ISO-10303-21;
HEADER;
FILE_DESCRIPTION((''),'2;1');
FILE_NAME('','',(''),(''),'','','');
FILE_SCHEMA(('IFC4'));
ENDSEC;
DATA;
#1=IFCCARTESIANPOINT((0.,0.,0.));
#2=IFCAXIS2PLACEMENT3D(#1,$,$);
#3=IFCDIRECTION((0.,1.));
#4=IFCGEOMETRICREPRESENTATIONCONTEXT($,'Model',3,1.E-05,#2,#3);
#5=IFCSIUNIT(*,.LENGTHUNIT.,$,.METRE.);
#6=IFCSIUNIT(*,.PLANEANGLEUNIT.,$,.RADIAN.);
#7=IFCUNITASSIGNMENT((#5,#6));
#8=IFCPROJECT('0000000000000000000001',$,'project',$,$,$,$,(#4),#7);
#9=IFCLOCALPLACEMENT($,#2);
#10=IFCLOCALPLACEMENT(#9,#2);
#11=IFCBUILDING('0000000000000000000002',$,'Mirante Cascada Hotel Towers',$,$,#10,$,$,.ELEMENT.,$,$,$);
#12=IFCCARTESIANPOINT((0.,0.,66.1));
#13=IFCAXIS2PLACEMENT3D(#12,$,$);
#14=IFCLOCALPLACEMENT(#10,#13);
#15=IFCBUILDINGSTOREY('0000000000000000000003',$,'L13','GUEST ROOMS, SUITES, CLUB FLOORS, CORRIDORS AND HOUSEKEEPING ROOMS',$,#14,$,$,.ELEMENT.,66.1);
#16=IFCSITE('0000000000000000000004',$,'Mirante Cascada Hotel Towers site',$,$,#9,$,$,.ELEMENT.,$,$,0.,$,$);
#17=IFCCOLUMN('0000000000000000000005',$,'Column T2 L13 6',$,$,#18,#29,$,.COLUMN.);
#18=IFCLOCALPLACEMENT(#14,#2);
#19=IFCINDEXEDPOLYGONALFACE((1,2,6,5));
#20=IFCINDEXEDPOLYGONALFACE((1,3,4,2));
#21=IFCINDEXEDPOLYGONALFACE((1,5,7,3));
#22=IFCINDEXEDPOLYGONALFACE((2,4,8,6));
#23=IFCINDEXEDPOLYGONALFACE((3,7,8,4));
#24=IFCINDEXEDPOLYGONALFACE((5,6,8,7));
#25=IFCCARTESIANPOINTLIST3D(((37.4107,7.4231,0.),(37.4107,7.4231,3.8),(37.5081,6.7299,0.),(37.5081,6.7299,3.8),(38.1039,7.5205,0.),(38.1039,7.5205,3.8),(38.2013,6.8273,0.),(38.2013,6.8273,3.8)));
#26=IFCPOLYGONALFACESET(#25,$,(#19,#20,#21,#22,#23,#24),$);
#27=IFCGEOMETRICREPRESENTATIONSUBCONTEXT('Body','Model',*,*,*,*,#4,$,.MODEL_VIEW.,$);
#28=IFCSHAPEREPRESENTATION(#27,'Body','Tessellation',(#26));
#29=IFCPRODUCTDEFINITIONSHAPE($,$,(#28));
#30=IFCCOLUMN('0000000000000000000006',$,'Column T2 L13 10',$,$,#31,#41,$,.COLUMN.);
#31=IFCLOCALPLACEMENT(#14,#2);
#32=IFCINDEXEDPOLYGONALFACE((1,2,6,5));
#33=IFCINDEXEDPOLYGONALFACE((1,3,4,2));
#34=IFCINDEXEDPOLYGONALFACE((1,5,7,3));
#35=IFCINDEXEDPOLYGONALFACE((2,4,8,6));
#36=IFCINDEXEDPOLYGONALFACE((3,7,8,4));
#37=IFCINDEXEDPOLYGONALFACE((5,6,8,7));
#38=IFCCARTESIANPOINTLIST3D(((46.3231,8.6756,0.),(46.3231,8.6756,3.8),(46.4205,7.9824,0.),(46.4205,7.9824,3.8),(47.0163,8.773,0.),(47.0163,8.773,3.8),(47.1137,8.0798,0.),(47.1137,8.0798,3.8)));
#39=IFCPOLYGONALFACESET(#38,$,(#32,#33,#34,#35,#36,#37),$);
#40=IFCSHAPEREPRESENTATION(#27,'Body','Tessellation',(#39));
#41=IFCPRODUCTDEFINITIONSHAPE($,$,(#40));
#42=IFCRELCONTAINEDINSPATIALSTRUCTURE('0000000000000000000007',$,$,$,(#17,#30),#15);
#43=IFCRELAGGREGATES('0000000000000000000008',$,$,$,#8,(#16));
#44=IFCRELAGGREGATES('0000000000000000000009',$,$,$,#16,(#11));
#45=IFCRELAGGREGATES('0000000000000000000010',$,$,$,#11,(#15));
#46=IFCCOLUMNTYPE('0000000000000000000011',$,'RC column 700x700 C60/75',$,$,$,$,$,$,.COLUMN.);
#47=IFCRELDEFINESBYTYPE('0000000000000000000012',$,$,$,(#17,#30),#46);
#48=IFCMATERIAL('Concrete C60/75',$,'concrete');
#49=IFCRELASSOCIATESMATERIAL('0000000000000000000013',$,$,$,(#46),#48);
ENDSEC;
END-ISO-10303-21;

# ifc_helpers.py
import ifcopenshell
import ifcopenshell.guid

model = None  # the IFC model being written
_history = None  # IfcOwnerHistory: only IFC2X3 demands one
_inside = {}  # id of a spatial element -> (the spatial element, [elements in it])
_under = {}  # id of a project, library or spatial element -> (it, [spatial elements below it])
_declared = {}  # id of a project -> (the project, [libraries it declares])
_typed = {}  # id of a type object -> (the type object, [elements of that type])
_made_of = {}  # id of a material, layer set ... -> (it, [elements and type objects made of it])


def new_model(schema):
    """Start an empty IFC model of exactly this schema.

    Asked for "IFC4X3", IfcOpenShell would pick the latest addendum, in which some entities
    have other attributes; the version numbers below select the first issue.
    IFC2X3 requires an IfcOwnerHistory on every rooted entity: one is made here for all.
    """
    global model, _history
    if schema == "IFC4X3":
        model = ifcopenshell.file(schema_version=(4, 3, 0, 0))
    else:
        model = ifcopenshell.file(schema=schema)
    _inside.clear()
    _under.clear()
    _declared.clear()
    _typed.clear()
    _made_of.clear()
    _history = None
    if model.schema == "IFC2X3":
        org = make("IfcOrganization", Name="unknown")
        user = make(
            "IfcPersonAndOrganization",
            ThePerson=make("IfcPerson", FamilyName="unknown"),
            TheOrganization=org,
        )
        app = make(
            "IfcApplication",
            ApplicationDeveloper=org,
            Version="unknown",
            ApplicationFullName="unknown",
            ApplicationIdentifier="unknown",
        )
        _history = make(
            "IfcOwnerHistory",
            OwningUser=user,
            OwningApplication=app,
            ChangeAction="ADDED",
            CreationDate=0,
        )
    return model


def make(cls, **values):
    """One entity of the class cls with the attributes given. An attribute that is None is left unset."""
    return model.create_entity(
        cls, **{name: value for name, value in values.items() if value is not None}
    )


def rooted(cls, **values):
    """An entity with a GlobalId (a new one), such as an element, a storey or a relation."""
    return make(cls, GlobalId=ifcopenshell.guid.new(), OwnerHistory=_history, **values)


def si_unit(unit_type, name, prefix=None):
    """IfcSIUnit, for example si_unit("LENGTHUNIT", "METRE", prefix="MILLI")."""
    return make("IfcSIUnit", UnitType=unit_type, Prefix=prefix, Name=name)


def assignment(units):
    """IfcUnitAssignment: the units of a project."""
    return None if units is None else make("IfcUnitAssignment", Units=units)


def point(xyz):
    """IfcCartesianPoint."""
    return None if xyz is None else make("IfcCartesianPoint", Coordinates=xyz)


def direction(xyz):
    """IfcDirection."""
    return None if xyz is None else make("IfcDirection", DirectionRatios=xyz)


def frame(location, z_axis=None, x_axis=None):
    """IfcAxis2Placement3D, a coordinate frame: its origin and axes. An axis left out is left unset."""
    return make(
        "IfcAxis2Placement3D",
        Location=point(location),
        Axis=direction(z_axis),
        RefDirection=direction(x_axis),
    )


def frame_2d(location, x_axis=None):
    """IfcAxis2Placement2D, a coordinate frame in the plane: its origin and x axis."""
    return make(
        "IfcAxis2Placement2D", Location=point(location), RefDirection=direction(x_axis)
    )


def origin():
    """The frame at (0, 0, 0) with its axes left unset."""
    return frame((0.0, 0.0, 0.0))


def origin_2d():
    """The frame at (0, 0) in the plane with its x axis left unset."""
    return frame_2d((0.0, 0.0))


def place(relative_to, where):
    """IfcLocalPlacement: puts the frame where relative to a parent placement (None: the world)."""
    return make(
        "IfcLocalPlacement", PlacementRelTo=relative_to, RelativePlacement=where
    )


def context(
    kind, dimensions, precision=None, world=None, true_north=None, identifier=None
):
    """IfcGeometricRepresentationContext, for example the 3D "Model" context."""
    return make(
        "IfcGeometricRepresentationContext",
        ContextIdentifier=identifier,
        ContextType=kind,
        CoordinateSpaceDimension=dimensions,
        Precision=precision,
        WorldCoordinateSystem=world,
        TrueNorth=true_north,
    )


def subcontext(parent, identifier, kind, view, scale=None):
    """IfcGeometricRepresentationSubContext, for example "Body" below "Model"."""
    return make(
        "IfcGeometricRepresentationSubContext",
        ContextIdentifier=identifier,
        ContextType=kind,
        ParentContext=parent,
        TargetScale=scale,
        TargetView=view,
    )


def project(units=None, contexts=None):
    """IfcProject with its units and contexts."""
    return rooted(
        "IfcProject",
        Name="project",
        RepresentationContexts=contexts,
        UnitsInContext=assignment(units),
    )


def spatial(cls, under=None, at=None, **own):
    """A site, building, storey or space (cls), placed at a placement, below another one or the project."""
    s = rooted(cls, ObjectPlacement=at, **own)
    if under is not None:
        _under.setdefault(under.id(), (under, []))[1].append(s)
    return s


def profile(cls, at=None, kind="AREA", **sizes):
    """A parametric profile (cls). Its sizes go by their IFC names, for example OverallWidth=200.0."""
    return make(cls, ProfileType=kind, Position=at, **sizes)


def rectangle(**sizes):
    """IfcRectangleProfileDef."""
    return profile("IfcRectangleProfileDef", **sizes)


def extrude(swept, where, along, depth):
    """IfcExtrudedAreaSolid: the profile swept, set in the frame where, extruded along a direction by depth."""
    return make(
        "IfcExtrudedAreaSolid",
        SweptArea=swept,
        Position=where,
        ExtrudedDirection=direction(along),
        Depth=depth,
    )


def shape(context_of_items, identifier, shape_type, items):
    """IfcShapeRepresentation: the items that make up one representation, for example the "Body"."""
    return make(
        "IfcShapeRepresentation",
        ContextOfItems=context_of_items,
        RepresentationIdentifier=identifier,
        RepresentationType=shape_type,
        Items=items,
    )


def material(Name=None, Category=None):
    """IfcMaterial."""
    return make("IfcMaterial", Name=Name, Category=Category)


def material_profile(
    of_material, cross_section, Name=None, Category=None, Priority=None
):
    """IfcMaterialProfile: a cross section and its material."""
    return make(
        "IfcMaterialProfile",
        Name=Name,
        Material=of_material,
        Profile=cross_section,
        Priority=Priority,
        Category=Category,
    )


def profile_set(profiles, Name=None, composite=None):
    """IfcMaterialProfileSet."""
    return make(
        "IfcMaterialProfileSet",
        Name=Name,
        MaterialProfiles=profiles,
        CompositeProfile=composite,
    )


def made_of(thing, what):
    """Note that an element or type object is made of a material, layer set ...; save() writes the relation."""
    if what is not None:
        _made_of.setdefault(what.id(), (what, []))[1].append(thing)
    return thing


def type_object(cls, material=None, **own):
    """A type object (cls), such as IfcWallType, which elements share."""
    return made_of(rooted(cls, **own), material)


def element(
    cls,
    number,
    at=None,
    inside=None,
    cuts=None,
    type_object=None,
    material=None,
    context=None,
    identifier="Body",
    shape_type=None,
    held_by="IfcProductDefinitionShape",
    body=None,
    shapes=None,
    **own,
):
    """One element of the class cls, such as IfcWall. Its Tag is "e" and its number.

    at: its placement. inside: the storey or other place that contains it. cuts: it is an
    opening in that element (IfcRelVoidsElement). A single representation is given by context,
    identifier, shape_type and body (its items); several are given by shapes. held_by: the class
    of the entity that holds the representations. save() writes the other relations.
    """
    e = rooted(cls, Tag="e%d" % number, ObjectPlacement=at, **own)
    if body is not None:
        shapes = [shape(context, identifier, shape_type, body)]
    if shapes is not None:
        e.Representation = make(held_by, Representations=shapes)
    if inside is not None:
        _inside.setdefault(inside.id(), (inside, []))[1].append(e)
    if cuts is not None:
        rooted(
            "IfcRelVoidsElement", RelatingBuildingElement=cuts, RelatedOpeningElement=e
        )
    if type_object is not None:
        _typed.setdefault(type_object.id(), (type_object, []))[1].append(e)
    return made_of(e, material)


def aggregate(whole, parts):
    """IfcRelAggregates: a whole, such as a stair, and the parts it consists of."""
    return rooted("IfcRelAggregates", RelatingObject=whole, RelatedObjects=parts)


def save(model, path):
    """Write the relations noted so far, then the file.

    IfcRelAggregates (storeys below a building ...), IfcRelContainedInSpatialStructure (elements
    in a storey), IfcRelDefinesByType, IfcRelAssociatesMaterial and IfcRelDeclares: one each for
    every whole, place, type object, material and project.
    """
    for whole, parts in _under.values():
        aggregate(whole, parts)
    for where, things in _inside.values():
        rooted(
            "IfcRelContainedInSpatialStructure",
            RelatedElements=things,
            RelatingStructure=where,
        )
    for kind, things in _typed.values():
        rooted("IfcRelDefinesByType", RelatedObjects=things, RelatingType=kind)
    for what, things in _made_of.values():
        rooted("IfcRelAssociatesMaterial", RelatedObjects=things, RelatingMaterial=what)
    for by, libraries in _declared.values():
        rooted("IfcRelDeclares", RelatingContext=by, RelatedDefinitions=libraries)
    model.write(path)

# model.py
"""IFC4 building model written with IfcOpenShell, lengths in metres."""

from ifc_helpers import new_model, si_unit, direction, frame, origin, origin_2d, place, context, subcontext, project, spatial, rectangle, extrude, material, material_profile, profile_set, type_object, element, save


model = new_model("IFC4")

# Units and contexts
model_context = context("Model", 3, precision=1e-05, world=origin(), true_north=direction((0.0, 1.0)))
body_context = subcontext(model_context, "Body", "Model", "MODEL_VIEW")
ifc_project = project(units=[si_unit("LENGTHUNIT", "METRE"), si_unit("PLANEANGLEUNIT", "RADIAN")], contexts=[model_context])

# Site, building, storey
site_placement = place(None, origin())
site = spatial("IfcSite", under=ifc_project, at=site_placement, Name="Mirante Cascada Hotel Towers site", CompositionType="ELEMENT", RefElevation=0.0)
building_placement = place(site_placement, origin())
building = spatial("IfcBuilding", under=site, at=building_placement, Name="Mirante Cascada Hotel Towers", CompositionType="ELEMENT")
storey_placement = place(building_placement, frame((0.0, 0.0, 66.1)))
storey = spatial("IfcBuildingStorey", under=building, at=storey_placement, Name="L13", Description="GUEST ROOMS, SUITES, CLUB FLOORS, CORRIDORS AND HOUSEKEEPING ROOMS", CompositionType="ELEMENT", Elevation=66.1)

# Columns
ifc_material_1 = material(Name="Concrete C60/75", Category="concrete")
ifc_material_profile = material_profile(ifc_material_1, rectangle(XDim=0.7, YDim=0.7, at=origin_2d()), Name="RC column 700x700 C60/75")
ifc_profile_set = profile_set([ifc_material_profile], Name="Concrete C60/75")
column_type = type_object("IfcColumnType", Name="RC column 700x700 C60/75", PredefinedType="COLUMN", material=ifc_profile_set)
for number, where, z_axis, x_axis, name in (
    (1, (37.806, 7.1252, 0.0), (0.0, 0.0, 1.0), (0.990268, 0.139173, 0.0), "Column T2 L13 6"),
    (2, (46.7184, 8.3777, 0.0), (0.0, 0.0, 1.0), (0.990268, 0.139173, 0.0), "Column T2 L13 10"),
):
    element("IfcColumn", number, at=place(storey_placement, frame(where, z_axis=z_axis, x_axis=x_axis)), inside=storey, type_object=column_type, Name=name, PredefinedType="COLUMN", context=body_context, shape_type="SweptSolid", body=[
        extrude(rectangle(XDim=0.7, YDim=0.7, at=origin_2d()), origin(), (0.0, 0.0, 1.0), 3.8),
    ])

save(model, "model.ifc")
